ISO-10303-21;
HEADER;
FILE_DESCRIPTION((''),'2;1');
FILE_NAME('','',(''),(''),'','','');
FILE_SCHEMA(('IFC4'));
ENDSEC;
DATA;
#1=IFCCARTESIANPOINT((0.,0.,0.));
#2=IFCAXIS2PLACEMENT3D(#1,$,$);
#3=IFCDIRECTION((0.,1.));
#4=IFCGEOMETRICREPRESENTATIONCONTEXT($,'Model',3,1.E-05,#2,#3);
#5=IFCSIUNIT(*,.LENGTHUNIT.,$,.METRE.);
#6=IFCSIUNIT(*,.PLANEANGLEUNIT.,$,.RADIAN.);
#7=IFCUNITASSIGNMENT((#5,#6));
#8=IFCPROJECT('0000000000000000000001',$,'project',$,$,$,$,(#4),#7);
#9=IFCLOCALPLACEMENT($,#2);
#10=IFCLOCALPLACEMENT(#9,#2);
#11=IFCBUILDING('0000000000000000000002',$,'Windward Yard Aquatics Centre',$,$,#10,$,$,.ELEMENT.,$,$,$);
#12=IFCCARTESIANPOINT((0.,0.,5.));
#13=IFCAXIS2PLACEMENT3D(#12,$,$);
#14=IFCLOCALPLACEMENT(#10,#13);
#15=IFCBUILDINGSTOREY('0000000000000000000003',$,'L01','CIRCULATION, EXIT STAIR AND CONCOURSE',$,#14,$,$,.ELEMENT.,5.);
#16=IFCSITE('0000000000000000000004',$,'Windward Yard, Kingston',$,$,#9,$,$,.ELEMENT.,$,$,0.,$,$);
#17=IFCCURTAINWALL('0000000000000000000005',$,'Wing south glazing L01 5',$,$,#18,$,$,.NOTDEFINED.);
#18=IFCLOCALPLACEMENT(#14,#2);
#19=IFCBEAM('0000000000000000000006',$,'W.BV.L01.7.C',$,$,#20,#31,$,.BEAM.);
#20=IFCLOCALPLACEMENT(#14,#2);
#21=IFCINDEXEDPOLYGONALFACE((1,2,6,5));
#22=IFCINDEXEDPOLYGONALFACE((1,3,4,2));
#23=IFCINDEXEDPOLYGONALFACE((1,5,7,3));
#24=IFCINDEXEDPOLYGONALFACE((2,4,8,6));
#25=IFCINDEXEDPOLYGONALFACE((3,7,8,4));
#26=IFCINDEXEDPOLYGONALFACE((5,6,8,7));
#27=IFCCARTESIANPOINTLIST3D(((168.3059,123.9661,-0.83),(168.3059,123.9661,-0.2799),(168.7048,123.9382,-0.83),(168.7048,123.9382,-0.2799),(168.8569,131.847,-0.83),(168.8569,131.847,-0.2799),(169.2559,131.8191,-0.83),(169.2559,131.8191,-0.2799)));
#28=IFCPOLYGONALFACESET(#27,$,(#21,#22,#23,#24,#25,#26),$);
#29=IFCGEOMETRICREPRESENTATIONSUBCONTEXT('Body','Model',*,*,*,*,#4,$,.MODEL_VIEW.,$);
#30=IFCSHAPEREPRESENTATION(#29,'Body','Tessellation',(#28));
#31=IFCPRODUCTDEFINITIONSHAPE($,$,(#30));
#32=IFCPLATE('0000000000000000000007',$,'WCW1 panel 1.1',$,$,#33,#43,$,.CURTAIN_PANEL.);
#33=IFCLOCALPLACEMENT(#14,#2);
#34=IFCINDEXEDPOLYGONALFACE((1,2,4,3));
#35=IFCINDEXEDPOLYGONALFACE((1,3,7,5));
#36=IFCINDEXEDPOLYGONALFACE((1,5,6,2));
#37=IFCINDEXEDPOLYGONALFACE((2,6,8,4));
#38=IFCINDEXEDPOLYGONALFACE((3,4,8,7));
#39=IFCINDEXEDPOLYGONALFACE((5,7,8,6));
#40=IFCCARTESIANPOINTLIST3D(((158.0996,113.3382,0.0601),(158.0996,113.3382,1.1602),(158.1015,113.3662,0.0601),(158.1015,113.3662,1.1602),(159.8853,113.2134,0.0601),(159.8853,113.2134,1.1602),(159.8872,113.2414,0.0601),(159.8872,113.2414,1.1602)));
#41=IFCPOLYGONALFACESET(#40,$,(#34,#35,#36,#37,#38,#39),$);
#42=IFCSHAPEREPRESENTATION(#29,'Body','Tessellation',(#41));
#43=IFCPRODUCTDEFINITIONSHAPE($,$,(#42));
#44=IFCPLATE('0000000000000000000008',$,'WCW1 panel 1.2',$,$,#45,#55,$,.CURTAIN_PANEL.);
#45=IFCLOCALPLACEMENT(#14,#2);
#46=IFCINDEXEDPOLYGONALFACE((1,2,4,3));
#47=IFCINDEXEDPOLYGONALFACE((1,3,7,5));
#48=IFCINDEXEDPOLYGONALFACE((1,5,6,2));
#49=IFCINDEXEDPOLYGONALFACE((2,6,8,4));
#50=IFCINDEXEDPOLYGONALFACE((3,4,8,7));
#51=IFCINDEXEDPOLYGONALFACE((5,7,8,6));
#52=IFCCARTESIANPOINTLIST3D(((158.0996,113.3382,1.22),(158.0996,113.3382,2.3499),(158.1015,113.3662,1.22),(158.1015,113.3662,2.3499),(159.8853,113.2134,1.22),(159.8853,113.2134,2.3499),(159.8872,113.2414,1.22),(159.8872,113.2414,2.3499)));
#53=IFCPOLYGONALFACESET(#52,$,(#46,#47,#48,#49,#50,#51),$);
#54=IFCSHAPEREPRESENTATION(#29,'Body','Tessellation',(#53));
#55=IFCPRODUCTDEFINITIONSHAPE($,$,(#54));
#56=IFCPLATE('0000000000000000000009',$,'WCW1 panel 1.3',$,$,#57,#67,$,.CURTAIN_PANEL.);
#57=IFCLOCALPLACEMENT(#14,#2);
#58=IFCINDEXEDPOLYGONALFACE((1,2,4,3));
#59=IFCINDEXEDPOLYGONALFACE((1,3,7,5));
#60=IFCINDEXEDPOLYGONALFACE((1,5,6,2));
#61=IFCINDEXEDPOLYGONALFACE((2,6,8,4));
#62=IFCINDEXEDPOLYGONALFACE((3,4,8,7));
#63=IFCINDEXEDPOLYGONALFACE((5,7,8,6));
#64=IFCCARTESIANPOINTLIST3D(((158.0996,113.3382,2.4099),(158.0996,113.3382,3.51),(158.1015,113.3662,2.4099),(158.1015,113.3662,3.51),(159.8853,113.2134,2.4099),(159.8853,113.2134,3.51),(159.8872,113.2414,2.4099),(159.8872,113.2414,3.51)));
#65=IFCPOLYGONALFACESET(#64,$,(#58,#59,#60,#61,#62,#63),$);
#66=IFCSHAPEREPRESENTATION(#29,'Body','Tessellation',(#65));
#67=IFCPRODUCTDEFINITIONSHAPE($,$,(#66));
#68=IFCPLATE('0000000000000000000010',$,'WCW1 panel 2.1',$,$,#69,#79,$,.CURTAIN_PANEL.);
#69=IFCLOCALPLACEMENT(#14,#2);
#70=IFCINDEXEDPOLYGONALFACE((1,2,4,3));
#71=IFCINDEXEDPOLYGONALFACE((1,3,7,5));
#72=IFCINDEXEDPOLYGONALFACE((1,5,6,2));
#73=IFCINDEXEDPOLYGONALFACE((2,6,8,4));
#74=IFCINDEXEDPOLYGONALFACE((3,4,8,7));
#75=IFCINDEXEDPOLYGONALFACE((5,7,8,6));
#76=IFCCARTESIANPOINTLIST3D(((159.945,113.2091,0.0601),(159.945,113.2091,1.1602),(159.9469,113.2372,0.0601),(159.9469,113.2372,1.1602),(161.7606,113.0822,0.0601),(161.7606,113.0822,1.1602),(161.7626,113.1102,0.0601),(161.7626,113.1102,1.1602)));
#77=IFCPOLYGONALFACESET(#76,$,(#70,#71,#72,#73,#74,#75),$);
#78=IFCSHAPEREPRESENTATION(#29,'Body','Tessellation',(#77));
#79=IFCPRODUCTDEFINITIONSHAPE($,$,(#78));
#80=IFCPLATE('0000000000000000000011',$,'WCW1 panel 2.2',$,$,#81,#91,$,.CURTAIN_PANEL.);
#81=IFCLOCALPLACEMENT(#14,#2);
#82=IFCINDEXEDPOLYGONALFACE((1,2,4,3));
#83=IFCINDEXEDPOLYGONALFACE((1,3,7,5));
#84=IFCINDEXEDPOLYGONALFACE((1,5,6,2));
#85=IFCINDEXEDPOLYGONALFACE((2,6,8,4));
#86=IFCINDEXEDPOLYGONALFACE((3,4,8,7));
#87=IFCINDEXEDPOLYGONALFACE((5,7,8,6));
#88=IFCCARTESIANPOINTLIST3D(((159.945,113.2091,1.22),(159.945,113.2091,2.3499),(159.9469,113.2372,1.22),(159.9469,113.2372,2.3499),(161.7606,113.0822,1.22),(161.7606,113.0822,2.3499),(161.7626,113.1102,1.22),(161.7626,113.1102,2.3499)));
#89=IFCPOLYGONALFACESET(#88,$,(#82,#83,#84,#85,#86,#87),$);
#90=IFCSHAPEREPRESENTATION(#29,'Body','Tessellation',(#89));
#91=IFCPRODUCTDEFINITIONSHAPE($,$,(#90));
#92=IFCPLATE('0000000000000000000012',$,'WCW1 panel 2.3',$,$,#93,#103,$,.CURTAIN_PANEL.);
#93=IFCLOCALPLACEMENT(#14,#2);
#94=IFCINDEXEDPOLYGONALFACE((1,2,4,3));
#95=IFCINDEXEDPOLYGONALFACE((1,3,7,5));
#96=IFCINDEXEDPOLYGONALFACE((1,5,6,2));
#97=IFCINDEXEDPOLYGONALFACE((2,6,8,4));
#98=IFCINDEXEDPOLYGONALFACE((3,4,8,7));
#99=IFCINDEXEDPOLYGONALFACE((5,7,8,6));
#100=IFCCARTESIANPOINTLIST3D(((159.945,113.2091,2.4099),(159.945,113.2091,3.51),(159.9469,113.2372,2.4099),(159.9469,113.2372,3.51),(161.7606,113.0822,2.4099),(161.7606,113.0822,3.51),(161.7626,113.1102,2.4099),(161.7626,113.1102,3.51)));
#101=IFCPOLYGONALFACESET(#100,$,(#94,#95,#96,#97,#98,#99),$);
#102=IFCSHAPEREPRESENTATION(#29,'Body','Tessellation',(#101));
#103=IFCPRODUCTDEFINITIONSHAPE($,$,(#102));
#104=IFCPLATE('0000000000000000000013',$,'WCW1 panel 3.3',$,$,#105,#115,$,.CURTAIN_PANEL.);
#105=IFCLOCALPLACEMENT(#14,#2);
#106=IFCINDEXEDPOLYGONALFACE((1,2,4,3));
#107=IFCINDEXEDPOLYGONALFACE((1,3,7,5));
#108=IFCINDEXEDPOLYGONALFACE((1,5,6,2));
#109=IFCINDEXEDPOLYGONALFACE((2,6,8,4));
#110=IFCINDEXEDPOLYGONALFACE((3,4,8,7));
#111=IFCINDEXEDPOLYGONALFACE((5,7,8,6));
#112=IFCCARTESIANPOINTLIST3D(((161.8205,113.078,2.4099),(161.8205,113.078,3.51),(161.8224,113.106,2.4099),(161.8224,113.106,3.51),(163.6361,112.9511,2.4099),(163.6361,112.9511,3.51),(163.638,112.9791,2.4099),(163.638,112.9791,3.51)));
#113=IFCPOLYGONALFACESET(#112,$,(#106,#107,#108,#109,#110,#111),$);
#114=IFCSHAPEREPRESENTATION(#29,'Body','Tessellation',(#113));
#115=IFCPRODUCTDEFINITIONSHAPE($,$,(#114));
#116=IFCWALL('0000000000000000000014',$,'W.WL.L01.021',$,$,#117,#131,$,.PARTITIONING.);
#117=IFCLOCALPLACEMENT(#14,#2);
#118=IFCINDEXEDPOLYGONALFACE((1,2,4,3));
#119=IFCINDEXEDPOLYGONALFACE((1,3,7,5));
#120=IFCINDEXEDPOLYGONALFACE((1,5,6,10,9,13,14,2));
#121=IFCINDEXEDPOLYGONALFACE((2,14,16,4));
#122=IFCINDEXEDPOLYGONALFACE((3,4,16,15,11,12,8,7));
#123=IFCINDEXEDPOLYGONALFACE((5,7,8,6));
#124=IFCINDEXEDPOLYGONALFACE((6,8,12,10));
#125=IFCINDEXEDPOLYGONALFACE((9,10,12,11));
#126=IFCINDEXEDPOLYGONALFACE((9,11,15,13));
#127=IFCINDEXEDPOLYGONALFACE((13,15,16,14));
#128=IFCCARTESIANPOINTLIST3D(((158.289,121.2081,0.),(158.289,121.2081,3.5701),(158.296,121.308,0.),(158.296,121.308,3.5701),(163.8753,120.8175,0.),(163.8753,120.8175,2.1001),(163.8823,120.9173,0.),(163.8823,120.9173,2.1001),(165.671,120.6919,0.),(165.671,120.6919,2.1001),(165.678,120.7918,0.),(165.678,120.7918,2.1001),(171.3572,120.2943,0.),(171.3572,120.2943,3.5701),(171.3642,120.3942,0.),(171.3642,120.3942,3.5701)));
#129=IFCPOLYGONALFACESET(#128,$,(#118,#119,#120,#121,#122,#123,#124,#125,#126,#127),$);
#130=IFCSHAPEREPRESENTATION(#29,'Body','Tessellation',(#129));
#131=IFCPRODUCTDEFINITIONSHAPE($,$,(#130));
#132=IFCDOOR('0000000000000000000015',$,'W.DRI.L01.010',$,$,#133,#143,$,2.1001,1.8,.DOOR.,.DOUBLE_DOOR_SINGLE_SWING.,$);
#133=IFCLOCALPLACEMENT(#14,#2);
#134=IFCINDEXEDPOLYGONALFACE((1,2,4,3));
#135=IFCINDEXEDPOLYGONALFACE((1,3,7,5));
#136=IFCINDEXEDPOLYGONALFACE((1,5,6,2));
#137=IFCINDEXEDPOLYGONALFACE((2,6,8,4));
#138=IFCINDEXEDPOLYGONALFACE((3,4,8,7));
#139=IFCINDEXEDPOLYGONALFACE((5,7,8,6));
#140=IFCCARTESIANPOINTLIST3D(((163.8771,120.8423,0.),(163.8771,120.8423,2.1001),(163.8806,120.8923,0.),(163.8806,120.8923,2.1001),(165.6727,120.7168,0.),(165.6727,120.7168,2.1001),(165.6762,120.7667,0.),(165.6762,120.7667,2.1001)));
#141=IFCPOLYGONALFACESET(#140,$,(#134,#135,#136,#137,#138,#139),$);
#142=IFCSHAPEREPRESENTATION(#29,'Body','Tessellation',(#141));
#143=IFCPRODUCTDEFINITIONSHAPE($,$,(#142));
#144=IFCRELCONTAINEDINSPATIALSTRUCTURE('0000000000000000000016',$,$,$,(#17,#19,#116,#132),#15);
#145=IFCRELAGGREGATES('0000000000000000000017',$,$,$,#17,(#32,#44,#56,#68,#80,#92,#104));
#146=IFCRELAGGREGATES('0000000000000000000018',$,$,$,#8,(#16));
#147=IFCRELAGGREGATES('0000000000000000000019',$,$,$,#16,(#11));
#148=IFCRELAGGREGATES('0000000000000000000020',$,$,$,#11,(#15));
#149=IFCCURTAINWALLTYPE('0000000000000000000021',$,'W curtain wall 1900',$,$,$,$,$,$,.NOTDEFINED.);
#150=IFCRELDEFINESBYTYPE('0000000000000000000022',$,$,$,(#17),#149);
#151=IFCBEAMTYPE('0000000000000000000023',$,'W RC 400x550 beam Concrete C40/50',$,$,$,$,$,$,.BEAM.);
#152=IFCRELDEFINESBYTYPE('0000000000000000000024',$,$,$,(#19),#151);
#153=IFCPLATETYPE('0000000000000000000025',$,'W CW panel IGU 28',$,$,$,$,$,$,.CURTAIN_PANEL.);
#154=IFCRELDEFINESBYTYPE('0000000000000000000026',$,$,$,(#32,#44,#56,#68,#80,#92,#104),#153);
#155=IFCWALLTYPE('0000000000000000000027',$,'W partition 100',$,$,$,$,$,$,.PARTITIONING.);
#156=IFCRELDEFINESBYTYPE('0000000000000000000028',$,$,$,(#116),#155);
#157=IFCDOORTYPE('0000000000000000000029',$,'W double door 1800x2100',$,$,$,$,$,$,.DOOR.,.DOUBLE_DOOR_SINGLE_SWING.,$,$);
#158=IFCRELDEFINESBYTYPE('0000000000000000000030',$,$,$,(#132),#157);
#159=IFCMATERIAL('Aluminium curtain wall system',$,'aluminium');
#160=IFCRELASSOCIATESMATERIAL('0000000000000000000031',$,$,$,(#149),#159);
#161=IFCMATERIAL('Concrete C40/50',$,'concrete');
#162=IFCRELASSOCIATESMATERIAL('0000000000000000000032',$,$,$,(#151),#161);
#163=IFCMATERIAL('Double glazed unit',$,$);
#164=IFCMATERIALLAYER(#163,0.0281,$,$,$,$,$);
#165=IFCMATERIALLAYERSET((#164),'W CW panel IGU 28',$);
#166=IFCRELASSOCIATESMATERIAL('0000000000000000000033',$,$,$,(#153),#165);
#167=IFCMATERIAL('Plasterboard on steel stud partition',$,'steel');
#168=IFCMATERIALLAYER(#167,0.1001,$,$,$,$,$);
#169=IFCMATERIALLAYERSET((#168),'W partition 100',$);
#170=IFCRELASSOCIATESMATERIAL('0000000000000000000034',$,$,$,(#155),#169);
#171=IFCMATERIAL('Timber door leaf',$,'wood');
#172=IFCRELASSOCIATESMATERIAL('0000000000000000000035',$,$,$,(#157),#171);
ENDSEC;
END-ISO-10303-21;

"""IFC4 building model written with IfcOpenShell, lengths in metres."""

from ifc_helpers import new_model, si_unit, direction, frame, frame_2d, origin, origin_2d, place, context, subcontext, project, spatial, rectangle, extrude, material, layer, layer_set, material_profile, profile_set, type_object, element, fill, aggregate, save


model = new_model("IFC4")

# Units and contexts
model_context = context("Model", 3, precision=1e-05, world=origin(), true_north=direction((0.0, 1.0)))
body_context = subcontext(model_context, "Body", "Model", "MODEL_VIEW")
ifc_project = project(units=[si_unit("LENGTHUNIT", "METRE"), si_unit("PLANEANGLEUNIT", "RADIAN")], contexts=[model_context])

# Site, building, storey
site_placement = place(None, origin())
site = spatial("IfcSite", under=ifc_project, at=site_placement, Name="Windward Yard, Kingston", CompositionType="ELEMENT", RefElevation=0.0)
building_placement = place(site_placement, origin())
building = spatial("IfcBuilding", under=site, at=building_placement, Name="Windward Yard Aquatics Centre", CompositionType="ELEMENT")
storey_placement = place(building_placement, frame((0.0, 0.0, 5.0)))
storey = spatial("IfcBuildingStorey", under=building, at=storey_placement, Name="L01", Description="CIRCULATION, EXIT STAIR AND CONCOURSE", CompositionType="ELEMENT", Elevation=5.0)

# Curtain wall
ifc_material_1 = material(Name="Aluminium curtain wall system", Category="aluminium")
curtain_wall_type = type_object("IfcCurtainWallType", Name="W curtain wall 1900", PredefinedType="NOTDEFINED", material=ifc_material_1)
curtain_wall_placement = place(storey_placement, origin())
curtain_wall = element("IfcCurtainWall", 1, at=curtain_wall_placement, inside=storey, type_object=curtain_wall_type, Name="Wing south glazing L01 5", PredefinedType="NOTDEFINED")

# Beam
ifc_material_2 = material(Name="Concrete C40/50", Category="concrete")
ifc_material_profile_1 = material_profile(ifc_material_2, rectangle(XDim=0.3999, YDim=0.55, at=origin_2d()), Name="RC 400x550")
ifc_profile_set_1 = profile_set([ifc_material_profile_1], Name="Concrete C40/50")
beam_type = type_object("IfcBeamType", Name="W RC 400x550 beam Concrete C40/50", PredefinedType="BEAM", material=ifc_profile_set_1)
beam_placement = place(storey_placement, frame((168.5054, 123.9521, -0.5549), z_axis=(0.069749, 0.997565, 0.0), x_axis=(-0.997565, 0.069749, 0.0)))
element("IfcBeam", 2, at=beam_placement, inside=storey, type_object=beam_type, Name="W.BV.L01.7.C", PredefinedType="BEAM", context=body_context, shape_type="SweptSolid", body=[
    extrude(rectangle(XDim=0.3999, YDim=0.55, at=origin_2d()), origin(), (0.0, 0.0, 1.0), 7.9001),
])

# Plates
ifc_material_3 = material(Name="Double glazed unit")
ifc_layer_1 = layer(ifc_material_3, 0.0281)
ifc_layer_set_1 = layer_set([ifc_layer_1], Name="W CW panel IGU 28")
plate_type = type_object("IfcPlateType", Name="W CW panel IGU 28", PredefinedType="CURTAIN_PANEL", material=ifc_layer_set_1)
plate_1_placement = place(storey_placement, frame((158.9934, 113.2898, 0.0601), z_axis=(0.0, 0.0, 1.0), x_axis=(0.997564, -0.069755, 0.0)))
plate_1 = element("IfcPlate", 3, at=plate_1_placement, type_object=plate_type, Name="WCW1 panel 1.1", PredefinedType="CURTAIN_PANEL", context=body_context, shape_type="SweptSolid", body=[
    extrude(rectangle(XDim=1.79, YDim=0.0281, at=origin_2d()), origin(), (0.0, 0.0, 1.0), 1.1001),
])
plate_2_placement = place(storey_placement, frame((158.9934, 113.2898, 1.22), z_axis=(0.0, 0.0, 1.0), x_axis=(0.997564, -0.069755, 0.0)))
plate_2 = element("IfcPlate", 4, at=plate_2_placement, type_object=plate_type, Name="WCW1 panel 1.2", PredefinedType="CURTAIN_PANEL", context=body_context, shape_type="SweptSolid", body=[
    extrude(rectangle(XDim=1.79, YDim=0.0281, at=origin_2d()), origin(), (0.0, 0.0, 1.0), 1.1299),
])
plate_3_placement = place(storey_placement, frame((158.9934, 113.2898, 2.4099), z_axis=(0.0, 0.0, 1.0), x_axis=(0.997564, -0.069755, 0.0)))
plate_3 = element("IfcPlate", 5, at=plate_3_placement, type_object=plate_type, Name="WCW1 panel 1.3", PredefinedType="CURTAIN_PANEL", context=body_context, shape_type="SweptSolid", body=[
    extrude(rectangle(XDim=1.79, YDim=0.0281, at=origin_2d()), origin(), (0.0, 0.0, 1.0), 1.1001),
])
plate_4_placement = place(storey_placement, frame((160.8538, 113.1597, 0.0601), z_axis=(0.0, 0.0, 1.0), x_axis=(0.997564, -0.069755, 0.0)))
plate_4 = element("IfcPlate", 6, at=plate_4_placement, type_object=plate_type, Name="WCW1 panel 2.1", PredefinedType="CURTAIN_PANEL", context=body_context, shape_type="SweptSolid", body=[
    extrude(rectangle(XDim=1.8201, YDim=0.0281, at=origin_2d()), origin(), (0.0, 0.0, 1.0), 1.1001),
])
plate_5_placement = place(storey_placement, frame((160.8538, 113.1597, 1.22), z_axis=(0.0, 0.0, 1.0), x_axis=(0.997564, -0.069755, 0.0)))
plate_5 = element("IfcPlate", 7, at=plate_5_placement, type_object=plate_type, Name="WCW1 panel 2.2", PredefinedType="CURTAIN_PANEL", context=body_context, shape_type="SweptSolid", body=[
    extrude(rectangle(XDim=1.8201, YDim=0.0281, at=origin_2d()), origin(), (0.0, 0.0, 1.0), 1.1299),
])
plate_6_placement = place(storey_placement, frame((160.8538, 113.1597, 2.4099), z_axis=(0.0, 0.0, 1.0), x_axis=(0.997564, -0.069755, 0.0)))
plate_6 = element("IfcPlate", 8, at=plate_6_placement, type_object=plate_type, Name="WCW1 panel 2.3", PredefinedType="CURTAIN_PANEL", context=body_context, shape_type="SweptSolid", body=[
    extrude(rectangle(XDim=1.8201, YDim=0.0281, at=origin_2d()), origin(), (0.0, 0.0, 1.0), 1.1001),
])
plate_7_placement = place(storey_placement, frame((162.7292, 113.0286, 2.4099), z_axis=(0.0, 0.0, 1.0), x_axis=(0.997564, -0.069755, 0.0)))
plate_7 = element("IfcPlate", 9, at=plate_7_placement, type_object=plate_type, Name="WCW1 panel 3.3", PredefinedType="CURTAIN_PANEL", context=body_context, shape_type="SweptSolid", body=[
    extrude(rectangle(XDim=1.8201, YDim=0.0281, at=origin_2d()), origin(), (0.0, 0.0, 1.0), 1.1001),
])
aggregate(curtain_wall, [plate_1, plate_2, plate_3, plate_4, plate_5, plate_6, plate_7])

# Wall, opening, door
ifc_material_4 = material(Name="Plasterboard on steel stud partition", Category="steel")
ifc_layer_2 = layer(ifc_material_4, 0.1001)
ifc_layer_set_2 = layer_set([ifc_layer_2], Name="W partition 100")
wall_type = type_object("IfcWallType", Name="W partition 100", PredefinedType="PARTITIONING", material=ifc_layer_set_2)
wall_placement = place(storey_placement, frame((158.2925, 121.2581, 0.0), z_axis=(0.0, 0.0, 1.0), x_axis=(0.997564, -0.069757, 0.0)))
wall = element("IfcWall", 10, at=wall_placement, inside=storey, type_object=wall_type, Name="W.WL.L01.021", PredefinedType="PARTITIONING", context=body_context, shape_type="SweptSolid", body=[
    extrude(rectangle(XDim=13.1001, YDim=0.1001, at=frame_2d((6.55, 0.0))), origin(), (0.0, 0.0, 1.0), 3.5701),
])
opening_placement = place(wall_placement, frame((5.6001, 0.0, 0.0)))
opening = element("IfcOpeningElement", 11, at=opening_placement, cuts=wall, PredefinedType="OPENING", context=body_context, shape_type="SweptSolid", body=[
    extrude(rectangle(XDim=1.8, YDim=2.1001, at=frame_2d((0.8999, 1.05))), frame((0.0, 0.0601, 0.0), z_axis=(0.0, -1.0, 0.0), x_axis=(1.0, 0.0, 0.0)), (0.0, 0.0, 1.0), 0.1201),
])
ifc_material_5 = material(Name="Timber door leaf", Category="wood")
door_type = type_object("IfcDoorType", Name="W double door 1800x2100", OperationType="DOUBLE_DOOR_SINGLE_SWING", PredefinedType="DOOR", material=ifc_material_5)
door_placement = place(opening_placement, origin())
door = element("IfcDoor", 12, at=door_placement, inside=storey, type_object=door_type, Name="W.DRI.L01.010", OperationType="DOUBLE_DOOR_SINGLE_SWING", OverallHeight=2.1001, OverallWidth=1.8, PredefinedType="DOOR", context=body_context, shape_type="SweptSolid", body=[
    extrude(rectangle(XDim=1.8, YDim=2.1001, at=frame_2d((0.8999, 1.05))), frame((0.0, 0.0249, 0.0), z_axis=(0.0, -1.0, 0.0), x_axis=(1.0, 0.0, 0.0)), (0.0, 0.0, 1.0), 0.05),
])
fill(opening, door)

save(model, "model.ifc")
